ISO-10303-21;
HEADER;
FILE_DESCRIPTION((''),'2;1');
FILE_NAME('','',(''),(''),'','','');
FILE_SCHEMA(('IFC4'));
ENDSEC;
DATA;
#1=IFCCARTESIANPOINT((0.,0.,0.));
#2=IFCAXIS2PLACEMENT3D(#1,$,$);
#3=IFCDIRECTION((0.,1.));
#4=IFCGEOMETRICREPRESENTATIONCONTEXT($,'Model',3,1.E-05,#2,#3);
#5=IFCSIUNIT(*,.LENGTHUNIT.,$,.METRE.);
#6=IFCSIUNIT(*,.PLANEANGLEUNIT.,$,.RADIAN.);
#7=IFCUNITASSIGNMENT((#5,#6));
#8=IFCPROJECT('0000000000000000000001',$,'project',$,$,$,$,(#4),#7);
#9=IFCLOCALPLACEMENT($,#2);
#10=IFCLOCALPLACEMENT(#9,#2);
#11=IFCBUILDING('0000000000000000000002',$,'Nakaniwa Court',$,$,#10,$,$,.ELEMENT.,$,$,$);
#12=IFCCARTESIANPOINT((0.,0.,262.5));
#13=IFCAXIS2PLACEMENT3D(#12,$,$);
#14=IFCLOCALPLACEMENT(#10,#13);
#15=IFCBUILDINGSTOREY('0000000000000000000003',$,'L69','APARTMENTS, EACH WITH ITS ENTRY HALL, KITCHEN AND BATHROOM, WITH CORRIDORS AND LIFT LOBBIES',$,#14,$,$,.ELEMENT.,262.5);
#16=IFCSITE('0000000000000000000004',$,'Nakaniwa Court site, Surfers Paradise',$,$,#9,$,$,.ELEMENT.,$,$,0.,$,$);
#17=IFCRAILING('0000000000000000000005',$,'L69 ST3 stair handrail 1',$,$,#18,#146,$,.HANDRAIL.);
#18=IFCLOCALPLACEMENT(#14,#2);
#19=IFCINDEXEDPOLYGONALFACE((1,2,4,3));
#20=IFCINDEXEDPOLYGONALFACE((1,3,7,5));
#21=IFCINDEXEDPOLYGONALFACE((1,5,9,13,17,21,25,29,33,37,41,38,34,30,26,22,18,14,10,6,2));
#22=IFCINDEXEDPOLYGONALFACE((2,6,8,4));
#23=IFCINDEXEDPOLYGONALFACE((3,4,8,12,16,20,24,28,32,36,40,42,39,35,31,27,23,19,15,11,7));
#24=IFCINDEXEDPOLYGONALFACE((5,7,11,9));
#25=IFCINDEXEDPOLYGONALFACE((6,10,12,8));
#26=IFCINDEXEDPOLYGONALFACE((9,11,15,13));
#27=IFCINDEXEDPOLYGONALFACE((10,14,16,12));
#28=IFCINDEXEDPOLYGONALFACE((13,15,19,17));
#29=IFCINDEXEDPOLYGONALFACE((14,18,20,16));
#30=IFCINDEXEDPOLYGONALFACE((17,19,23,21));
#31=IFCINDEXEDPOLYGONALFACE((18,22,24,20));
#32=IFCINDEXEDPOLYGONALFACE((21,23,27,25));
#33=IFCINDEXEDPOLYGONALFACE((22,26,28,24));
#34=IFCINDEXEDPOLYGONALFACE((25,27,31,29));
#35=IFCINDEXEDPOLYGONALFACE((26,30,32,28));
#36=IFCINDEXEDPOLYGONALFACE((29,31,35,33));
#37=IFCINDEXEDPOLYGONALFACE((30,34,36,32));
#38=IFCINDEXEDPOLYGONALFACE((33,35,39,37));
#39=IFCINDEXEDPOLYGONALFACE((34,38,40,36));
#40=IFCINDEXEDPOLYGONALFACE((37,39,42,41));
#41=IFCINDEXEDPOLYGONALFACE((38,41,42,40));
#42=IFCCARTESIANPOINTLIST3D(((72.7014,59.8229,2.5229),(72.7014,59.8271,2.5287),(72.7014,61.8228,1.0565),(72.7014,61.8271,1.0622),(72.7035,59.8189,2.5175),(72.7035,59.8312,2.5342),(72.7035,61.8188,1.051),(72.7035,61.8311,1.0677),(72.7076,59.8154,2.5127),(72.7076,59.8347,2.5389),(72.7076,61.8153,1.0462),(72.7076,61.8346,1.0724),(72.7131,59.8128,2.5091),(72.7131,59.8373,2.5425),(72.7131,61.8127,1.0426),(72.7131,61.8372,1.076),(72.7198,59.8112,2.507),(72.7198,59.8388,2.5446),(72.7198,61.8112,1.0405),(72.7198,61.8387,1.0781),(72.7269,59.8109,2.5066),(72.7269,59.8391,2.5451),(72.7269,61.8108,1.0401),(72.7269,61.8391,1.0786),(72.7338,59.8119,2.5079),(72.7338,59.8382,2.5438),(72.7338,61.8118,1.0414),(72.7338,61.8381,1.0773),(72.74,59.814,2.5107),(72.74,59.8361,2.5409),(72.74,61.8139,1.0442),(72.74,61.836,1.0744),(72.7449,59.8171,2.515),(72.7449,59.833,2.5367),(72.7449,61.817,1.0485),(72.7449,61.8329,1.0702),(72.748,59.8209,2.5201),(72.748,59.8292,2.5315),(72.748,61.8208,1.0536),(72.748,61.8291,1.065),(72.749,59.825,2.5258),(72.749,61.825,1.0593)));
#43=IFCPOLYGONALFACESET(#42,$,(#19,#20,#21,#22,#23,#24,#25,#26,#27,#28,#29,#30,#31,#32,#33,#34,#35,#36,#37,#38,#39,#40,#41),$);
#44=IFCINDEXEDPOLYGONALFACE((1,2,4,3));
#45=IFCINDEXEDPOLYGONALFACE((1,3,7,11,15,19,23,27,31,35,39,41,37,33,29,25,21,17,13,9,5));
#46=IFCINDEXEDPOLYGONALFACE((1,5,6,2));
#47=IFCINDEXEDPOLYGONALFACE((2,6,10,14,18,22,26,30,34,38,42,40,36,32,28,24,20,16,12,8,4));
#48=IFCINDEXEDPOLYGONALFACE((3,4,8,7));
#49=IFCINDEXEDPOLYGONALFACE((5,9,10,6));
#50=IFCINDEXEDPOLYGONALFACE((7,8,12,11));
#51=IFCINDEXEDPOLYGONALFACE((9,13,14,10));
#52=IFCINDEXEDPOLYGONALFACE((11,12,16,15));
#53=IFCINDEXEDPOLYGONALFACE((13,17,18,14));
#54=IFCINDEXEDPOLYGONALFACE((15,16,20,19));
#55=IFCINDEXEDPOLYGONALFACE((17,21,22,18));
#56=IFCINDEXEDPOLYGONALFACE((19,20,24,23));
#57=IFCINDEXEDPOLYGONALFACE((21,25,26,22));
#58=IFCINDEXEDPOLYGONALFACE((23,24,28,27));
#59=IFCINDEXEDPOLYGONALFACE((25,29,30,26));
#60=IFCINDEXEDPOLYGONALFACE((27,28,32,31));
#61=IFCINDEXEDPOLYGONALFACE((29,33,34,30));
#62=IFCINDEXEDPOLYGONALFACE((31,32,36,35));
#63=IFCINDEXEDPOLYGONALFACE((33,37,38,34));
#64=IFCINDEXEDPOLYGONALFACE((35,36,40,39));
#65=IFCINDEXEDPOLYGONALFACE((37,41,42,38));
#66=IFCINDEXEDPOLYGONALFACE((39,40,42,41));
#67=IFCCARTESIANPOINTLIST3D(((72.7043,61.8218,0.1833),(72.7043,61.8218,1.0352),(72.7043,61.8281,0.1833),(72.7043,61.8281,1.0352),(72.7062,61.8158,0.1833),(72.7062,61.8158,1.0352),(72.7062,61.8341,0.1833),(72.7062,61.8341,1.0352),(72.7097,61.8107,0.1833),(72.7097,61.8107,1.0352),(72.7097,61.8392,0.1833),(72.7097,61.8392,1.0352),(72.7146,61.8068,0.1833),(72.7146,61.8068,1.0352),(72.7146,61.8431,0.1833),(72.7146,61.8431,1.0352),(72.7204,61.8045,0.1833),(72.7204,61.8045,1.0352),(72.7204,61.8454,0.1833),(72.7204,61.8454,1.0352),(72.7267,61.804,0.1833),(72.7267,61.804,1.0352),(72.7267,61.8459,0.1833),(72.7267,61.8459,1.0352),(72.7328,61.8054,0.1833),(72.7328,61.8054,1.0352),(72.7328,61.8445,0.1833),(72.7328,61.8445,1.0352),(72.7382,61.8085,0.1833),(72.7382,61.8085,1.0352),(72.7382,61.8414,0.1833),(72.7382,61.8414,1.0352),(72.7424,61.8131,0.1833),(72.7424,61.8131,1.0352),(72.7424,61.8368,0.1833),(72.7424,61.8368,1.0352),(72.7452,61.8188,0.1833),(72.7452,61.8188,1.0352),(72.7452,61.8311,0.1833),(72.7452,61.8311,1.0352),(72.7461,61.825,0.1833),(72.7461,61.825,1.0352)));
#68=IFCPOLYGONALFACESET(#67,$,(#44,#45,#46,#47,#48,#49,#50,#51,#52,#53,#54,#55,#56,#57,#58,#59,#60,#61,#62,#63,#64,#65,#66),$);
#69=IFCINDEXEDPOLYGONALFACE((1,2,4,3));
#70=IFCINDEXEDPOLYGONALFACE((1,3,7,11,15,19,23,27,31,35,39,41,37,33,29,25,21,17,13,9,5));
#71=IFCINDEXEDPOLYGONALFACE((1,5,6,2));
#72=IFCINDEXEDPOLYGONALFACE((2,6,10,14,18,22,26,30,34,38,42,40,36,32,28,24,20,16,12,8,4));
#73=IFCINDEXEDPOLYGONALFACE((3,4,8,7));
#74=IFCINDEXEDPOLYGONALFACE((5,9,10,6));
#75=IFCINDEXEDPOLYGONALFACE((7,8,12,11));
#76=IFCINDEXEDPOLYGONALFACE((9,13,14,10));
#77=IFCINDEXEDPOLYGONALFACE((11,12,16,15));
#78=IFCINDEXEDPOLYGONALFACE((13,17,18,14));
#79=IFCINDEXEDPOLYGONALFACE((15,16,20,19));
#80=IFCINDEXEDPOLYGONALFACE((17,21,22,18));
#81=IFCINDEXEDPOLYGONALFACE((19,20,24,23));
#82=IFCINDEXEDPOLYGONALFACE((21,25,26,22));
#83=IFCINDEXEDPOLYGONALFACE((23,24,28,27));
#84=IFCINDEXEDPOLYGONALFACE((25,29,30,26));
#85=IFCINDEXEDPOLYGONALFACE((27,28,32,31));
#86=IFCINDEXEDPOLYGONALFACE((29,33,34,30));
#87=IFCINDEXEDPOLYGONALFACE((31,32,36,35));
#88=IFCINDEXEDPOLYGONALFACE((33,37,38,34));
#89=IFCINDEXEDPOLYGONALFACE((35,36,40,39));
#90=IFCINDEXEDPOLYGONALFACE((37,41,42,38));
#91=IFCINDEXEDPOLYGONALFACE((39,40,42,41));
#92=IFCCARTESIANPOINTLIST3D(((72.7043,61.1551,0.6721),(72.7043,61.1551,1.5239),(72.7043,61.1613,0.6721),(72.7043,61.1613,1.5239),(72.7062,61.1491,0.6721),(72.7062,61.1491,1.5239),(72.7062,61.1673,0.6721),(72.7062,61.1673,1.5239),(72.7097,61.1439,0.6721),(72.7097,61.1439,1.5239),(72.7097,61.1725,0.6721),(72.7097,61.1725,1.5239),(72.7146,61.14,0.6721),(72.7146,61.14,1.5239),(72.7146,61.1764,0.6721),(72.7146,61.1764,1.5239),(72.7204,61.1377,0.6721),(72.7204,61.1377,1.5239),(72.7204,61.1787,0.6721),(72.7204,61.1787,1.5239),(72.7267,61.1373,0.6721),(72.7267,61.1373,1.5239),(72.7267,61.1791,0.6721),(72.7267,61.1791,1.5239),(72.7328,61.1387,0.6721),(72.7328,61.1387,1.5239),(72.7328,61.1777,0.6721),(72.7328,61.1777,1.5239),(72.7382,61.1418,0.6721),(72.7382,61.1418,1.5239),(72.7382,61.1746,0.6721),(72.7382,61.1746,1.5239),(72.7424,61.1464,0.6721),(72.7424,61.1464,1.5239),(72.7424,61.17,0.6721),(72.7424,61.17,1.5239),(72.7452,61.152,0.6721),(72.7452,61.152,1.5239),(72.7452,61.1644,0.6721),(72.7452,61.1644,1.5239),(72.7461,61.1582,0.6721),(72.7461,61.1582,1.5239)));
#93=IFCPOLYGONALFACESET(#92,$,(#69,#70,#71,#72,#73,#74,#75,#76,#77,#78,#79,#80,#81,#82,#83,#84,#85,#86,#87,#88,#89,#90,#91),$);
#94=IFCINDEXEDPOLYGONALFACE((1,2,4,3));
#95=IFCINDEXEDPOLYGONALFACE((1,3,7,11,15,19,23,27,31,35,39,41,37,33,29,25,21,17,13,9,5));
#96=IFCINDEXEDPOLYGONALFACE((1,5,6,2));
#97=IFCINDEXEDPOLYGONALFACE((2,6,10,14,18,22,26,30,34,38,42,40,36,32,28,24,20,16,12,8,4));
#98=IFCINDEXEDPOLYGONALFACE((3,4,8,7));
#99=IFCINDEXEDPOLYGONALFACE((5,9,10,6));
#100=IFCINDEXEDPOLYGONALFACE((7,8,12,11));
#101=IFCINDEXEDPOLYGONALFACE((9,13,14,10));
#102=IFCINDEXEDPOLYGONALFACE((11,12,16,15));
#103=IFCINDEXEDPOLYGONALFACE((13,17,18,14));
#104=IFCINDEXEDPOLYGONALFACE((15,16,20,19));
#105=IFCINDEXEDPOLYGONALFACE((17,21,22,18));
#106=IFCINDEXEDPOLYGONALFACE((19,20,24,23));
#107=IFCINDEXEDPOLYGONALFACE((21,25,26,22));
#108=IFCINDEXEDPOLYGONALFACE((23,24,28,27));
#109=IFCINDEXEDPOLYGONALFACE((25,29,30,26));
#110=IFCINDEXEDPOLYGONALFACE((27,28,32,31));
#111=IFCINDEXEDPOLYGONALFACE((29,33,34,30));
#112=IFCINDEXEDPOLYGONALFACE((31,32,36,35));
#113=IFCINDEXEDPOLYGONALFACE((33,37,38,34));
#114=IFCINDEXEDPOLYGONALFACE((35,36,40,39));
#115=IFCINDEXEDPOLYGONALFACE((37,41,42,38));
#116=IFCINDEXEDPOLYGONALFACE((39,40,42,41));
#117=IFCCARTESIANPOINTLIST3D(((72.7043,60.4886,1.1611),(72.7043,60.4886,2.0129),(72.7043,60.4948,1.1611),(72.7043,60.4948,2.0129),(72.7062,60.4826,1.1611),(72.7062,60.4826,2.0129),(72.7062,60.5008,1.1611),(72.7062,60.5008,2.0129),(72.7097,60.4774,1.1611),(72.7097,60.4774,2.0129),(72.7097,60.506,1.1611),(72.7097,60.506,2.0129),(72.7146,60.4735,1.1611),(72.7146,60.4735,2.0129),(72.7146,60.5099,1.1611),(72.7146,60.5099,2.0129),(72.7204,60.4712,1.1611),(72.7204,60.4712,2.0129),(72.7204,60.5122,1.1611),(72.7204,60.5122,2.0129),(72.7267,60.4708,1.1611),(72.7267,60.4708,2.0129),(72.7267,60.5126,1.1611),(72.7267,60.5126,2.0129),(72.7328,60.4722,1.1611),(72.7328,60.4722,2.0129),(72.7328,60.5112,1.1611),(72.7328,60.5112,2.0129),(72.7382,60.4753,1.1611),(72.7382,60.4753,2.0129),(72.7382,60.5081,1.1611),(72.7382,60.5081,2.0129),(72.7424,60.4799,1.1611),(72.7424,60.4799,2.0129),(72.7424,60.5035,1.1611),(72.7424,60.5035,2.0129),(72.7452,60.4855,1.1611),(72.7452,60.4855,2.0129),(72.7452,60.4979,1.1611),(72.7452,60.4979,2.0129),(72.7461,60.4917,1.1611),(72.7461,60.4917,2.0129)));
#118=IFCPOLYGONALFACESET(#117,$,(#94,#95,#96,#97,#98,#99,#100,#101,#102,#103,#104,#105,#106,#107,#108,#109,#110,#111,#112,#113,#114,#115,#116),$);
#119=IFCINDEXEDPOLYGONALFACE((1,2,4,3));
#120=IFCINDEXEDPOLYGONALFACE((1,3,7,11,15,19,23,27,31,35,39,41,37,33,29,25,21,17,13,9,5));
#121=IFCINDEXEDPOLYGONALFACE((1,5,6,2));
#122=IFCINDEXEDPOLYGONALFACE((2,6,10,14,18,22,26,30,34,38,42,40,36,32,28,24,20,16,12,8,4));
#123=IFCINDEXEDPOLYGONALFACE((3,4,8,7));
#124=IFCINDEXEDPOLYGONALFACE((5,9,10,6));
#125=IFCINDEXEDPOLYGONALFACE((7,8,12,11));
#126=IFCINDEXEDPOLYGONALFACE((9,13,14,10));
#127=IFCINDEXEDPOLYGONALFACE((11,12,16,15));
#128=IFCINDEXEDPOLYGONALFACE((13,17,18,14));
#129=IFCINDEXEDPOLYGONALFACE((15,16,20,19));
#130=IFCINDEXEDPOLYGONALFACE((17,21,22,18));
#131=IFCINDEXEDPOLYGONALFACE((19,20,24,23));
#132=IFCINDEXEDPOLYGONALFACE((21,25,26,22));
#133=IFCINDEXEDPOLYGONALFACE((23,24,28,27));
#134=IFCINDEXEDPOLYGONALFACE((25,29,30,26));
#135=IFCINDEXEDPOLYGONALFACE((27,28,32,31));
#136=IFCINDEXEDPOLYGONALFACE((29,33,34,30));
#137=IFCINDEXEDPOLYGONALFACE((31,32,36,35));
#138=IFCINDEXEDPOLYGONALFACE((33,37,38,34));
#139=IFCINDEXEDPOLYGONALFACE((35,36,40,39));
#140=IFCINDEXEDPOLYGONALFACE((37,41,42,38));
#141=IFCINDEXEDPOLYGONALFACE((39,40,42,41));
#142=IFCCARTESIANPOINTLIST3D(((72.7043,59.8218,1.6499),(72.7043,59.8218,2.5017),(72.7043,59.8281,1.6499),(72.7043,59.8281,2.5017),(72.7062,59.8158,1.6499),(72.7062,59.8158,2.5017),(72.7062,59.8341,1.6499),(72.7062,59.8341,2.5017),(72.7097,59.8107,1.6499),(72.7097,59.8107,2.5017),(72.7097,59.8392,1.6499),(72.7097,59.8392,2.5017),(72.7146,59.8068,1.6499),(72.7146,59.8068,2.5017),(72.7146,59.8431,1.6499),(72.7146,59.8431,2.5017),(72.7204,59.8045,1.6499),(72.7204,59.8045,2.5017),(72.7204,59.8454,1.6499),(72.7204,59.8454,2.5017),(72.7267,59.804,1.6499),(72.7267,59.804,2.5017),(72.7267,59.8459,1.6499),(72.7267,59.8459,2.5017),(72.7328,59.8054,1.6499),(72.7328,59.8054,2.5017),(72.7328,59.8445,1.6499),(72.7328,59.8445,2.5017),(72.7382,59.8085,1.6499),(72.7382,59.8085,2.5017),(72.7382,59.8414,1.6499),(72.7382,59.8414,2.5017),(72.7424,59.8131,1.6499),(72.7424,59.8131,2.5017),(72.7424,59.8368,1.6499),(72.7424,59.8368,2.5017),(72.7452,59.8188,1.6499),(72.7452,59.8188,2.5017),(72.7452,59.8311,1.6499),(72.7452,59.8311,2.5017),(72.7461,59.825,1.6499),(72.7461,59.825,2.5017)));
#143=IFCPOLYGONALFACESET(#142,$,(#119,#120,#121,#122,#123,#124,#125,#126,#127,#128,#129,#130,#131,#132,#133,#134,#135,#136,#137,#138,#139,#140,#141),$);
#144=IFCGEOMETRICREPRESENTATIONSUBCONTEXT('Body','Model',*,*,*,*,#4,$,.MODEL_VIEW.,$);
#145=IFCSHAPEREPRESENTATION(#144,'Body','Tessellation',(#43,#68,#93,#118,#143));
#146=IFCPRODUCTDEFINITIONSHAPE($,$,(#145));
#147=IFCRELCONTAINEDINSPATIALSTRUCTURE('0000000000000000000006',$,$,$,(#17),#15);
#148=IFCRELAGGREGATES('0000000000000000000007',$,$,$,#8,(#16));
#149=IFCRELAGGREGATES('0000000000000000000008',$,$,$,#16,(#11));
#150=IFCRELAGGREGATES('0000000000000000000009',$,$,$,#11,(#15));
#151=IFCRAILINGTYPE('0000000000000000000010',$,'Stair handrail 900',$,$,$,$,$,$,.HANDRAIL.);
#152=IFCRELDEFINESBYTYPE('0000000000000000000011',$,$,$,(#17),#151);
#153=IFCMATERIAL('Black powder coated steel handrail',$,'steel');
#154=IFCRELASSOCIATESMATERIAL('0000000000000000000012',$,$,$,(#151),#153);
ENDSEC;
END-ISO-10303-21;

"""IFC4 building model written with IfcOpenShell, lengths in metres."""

from ifc_helpers import new_model, si_unit, direction, frame, origin, origin_2d, place, context, subcontext, project, spatial, circle, extrude, material, type_object, element, save


model = new_model("IFC4")

# Units and contexts
model_context = context("Model", 3, precision=1e-05, world=origin(), true_north=direction((0.0, 1.0)))
body_context = subcontext(model_context, "Body", "Model", "MODEL_VIEW")
ifc_project = project(units=[si_unit("LENGTHUNIT", "METRE"), si_unit("PLANEANGLEUNIT", "RADIAN")], contexts=[model_context])

# Site, building, storey
site_placement = place(None, origin())
site = spatial("IfcSite", under=ifc_project, at=site_placement, Name="Nakaniwa Court site, Surfers Paradise", CompositionType="ELEMENT", RefElevation=0.0)
building_placement = place(site_placement, origin())
building = spatial("IfcBuilding", under=site, at=building_placement, Name="Nakaniwa Court", CompositionType="ELEMENT")
storey_placement = place(building_placement, frame((0.0, 0.0, 262.5)))
storey = spatial("IfcBuildingStorey", under=building, at=storey_placement, Name="L69", Description="APARTMENTS, EACH WITH ITS ENTRY HALL, KITCHEN AND BATHROOM, WITH CORRIDORS AND LIFT LOBBIES", CompositionType="ELEMENT", Elevation=262.5)

# Railing
ifc_material_1 = material(Name="Black powder coated steel handrail", Category="steel")
railing_type_1 = type_object("IfcRailingType", Name="Stair handrail 900", PredefinedType="HANDRAIL", material=ifc_material_1)
railing_1_placement = place(storey_placement, frame((72.7251, 61.825, 0.1833)))
element("IfcRailing", 1, at=railing_1_placement, inside=storey, type_object=railing_type_1, Name="L69 ST3 stair handrail 1", PredefinedType="HANDRAIL", context=body_context, shape_type="SweptSolid", body=[
    extrude(circle(Radius=0.0239, at=origin_2d()), frame((0.0, 0.0, 0.876), z_axis=(0.0, -0.806427, 0.591334), x_axis=(1.0, 0.0, 0.0)), (0.0, 0.0, 1.0), 2.48),
    extrude(circle(Radius=0.021, at=origin_2d()), origin(), (0.0, 0.0, 1.0), 0.8518),
    extrude(circle(Radius=0.021, at=origin_2d()), frame((0.0, -0.6667, 0.4888)), (0.0, 0.0, 1.0), 0.8518),
    extrude(circle(Radius=0.021, at=origin_2d()), frame((0.0, -1.3333, 0.9778)), (0.0, 0.0, 1.0), 0.8518),
    extrude(circle(Radius=0.021, at=origin_2d()), frame((0.0, -2.0, 1.4666)), (0.0, 0.0, 1.0), 0.8518),
])

save(model, "model.ifc")
